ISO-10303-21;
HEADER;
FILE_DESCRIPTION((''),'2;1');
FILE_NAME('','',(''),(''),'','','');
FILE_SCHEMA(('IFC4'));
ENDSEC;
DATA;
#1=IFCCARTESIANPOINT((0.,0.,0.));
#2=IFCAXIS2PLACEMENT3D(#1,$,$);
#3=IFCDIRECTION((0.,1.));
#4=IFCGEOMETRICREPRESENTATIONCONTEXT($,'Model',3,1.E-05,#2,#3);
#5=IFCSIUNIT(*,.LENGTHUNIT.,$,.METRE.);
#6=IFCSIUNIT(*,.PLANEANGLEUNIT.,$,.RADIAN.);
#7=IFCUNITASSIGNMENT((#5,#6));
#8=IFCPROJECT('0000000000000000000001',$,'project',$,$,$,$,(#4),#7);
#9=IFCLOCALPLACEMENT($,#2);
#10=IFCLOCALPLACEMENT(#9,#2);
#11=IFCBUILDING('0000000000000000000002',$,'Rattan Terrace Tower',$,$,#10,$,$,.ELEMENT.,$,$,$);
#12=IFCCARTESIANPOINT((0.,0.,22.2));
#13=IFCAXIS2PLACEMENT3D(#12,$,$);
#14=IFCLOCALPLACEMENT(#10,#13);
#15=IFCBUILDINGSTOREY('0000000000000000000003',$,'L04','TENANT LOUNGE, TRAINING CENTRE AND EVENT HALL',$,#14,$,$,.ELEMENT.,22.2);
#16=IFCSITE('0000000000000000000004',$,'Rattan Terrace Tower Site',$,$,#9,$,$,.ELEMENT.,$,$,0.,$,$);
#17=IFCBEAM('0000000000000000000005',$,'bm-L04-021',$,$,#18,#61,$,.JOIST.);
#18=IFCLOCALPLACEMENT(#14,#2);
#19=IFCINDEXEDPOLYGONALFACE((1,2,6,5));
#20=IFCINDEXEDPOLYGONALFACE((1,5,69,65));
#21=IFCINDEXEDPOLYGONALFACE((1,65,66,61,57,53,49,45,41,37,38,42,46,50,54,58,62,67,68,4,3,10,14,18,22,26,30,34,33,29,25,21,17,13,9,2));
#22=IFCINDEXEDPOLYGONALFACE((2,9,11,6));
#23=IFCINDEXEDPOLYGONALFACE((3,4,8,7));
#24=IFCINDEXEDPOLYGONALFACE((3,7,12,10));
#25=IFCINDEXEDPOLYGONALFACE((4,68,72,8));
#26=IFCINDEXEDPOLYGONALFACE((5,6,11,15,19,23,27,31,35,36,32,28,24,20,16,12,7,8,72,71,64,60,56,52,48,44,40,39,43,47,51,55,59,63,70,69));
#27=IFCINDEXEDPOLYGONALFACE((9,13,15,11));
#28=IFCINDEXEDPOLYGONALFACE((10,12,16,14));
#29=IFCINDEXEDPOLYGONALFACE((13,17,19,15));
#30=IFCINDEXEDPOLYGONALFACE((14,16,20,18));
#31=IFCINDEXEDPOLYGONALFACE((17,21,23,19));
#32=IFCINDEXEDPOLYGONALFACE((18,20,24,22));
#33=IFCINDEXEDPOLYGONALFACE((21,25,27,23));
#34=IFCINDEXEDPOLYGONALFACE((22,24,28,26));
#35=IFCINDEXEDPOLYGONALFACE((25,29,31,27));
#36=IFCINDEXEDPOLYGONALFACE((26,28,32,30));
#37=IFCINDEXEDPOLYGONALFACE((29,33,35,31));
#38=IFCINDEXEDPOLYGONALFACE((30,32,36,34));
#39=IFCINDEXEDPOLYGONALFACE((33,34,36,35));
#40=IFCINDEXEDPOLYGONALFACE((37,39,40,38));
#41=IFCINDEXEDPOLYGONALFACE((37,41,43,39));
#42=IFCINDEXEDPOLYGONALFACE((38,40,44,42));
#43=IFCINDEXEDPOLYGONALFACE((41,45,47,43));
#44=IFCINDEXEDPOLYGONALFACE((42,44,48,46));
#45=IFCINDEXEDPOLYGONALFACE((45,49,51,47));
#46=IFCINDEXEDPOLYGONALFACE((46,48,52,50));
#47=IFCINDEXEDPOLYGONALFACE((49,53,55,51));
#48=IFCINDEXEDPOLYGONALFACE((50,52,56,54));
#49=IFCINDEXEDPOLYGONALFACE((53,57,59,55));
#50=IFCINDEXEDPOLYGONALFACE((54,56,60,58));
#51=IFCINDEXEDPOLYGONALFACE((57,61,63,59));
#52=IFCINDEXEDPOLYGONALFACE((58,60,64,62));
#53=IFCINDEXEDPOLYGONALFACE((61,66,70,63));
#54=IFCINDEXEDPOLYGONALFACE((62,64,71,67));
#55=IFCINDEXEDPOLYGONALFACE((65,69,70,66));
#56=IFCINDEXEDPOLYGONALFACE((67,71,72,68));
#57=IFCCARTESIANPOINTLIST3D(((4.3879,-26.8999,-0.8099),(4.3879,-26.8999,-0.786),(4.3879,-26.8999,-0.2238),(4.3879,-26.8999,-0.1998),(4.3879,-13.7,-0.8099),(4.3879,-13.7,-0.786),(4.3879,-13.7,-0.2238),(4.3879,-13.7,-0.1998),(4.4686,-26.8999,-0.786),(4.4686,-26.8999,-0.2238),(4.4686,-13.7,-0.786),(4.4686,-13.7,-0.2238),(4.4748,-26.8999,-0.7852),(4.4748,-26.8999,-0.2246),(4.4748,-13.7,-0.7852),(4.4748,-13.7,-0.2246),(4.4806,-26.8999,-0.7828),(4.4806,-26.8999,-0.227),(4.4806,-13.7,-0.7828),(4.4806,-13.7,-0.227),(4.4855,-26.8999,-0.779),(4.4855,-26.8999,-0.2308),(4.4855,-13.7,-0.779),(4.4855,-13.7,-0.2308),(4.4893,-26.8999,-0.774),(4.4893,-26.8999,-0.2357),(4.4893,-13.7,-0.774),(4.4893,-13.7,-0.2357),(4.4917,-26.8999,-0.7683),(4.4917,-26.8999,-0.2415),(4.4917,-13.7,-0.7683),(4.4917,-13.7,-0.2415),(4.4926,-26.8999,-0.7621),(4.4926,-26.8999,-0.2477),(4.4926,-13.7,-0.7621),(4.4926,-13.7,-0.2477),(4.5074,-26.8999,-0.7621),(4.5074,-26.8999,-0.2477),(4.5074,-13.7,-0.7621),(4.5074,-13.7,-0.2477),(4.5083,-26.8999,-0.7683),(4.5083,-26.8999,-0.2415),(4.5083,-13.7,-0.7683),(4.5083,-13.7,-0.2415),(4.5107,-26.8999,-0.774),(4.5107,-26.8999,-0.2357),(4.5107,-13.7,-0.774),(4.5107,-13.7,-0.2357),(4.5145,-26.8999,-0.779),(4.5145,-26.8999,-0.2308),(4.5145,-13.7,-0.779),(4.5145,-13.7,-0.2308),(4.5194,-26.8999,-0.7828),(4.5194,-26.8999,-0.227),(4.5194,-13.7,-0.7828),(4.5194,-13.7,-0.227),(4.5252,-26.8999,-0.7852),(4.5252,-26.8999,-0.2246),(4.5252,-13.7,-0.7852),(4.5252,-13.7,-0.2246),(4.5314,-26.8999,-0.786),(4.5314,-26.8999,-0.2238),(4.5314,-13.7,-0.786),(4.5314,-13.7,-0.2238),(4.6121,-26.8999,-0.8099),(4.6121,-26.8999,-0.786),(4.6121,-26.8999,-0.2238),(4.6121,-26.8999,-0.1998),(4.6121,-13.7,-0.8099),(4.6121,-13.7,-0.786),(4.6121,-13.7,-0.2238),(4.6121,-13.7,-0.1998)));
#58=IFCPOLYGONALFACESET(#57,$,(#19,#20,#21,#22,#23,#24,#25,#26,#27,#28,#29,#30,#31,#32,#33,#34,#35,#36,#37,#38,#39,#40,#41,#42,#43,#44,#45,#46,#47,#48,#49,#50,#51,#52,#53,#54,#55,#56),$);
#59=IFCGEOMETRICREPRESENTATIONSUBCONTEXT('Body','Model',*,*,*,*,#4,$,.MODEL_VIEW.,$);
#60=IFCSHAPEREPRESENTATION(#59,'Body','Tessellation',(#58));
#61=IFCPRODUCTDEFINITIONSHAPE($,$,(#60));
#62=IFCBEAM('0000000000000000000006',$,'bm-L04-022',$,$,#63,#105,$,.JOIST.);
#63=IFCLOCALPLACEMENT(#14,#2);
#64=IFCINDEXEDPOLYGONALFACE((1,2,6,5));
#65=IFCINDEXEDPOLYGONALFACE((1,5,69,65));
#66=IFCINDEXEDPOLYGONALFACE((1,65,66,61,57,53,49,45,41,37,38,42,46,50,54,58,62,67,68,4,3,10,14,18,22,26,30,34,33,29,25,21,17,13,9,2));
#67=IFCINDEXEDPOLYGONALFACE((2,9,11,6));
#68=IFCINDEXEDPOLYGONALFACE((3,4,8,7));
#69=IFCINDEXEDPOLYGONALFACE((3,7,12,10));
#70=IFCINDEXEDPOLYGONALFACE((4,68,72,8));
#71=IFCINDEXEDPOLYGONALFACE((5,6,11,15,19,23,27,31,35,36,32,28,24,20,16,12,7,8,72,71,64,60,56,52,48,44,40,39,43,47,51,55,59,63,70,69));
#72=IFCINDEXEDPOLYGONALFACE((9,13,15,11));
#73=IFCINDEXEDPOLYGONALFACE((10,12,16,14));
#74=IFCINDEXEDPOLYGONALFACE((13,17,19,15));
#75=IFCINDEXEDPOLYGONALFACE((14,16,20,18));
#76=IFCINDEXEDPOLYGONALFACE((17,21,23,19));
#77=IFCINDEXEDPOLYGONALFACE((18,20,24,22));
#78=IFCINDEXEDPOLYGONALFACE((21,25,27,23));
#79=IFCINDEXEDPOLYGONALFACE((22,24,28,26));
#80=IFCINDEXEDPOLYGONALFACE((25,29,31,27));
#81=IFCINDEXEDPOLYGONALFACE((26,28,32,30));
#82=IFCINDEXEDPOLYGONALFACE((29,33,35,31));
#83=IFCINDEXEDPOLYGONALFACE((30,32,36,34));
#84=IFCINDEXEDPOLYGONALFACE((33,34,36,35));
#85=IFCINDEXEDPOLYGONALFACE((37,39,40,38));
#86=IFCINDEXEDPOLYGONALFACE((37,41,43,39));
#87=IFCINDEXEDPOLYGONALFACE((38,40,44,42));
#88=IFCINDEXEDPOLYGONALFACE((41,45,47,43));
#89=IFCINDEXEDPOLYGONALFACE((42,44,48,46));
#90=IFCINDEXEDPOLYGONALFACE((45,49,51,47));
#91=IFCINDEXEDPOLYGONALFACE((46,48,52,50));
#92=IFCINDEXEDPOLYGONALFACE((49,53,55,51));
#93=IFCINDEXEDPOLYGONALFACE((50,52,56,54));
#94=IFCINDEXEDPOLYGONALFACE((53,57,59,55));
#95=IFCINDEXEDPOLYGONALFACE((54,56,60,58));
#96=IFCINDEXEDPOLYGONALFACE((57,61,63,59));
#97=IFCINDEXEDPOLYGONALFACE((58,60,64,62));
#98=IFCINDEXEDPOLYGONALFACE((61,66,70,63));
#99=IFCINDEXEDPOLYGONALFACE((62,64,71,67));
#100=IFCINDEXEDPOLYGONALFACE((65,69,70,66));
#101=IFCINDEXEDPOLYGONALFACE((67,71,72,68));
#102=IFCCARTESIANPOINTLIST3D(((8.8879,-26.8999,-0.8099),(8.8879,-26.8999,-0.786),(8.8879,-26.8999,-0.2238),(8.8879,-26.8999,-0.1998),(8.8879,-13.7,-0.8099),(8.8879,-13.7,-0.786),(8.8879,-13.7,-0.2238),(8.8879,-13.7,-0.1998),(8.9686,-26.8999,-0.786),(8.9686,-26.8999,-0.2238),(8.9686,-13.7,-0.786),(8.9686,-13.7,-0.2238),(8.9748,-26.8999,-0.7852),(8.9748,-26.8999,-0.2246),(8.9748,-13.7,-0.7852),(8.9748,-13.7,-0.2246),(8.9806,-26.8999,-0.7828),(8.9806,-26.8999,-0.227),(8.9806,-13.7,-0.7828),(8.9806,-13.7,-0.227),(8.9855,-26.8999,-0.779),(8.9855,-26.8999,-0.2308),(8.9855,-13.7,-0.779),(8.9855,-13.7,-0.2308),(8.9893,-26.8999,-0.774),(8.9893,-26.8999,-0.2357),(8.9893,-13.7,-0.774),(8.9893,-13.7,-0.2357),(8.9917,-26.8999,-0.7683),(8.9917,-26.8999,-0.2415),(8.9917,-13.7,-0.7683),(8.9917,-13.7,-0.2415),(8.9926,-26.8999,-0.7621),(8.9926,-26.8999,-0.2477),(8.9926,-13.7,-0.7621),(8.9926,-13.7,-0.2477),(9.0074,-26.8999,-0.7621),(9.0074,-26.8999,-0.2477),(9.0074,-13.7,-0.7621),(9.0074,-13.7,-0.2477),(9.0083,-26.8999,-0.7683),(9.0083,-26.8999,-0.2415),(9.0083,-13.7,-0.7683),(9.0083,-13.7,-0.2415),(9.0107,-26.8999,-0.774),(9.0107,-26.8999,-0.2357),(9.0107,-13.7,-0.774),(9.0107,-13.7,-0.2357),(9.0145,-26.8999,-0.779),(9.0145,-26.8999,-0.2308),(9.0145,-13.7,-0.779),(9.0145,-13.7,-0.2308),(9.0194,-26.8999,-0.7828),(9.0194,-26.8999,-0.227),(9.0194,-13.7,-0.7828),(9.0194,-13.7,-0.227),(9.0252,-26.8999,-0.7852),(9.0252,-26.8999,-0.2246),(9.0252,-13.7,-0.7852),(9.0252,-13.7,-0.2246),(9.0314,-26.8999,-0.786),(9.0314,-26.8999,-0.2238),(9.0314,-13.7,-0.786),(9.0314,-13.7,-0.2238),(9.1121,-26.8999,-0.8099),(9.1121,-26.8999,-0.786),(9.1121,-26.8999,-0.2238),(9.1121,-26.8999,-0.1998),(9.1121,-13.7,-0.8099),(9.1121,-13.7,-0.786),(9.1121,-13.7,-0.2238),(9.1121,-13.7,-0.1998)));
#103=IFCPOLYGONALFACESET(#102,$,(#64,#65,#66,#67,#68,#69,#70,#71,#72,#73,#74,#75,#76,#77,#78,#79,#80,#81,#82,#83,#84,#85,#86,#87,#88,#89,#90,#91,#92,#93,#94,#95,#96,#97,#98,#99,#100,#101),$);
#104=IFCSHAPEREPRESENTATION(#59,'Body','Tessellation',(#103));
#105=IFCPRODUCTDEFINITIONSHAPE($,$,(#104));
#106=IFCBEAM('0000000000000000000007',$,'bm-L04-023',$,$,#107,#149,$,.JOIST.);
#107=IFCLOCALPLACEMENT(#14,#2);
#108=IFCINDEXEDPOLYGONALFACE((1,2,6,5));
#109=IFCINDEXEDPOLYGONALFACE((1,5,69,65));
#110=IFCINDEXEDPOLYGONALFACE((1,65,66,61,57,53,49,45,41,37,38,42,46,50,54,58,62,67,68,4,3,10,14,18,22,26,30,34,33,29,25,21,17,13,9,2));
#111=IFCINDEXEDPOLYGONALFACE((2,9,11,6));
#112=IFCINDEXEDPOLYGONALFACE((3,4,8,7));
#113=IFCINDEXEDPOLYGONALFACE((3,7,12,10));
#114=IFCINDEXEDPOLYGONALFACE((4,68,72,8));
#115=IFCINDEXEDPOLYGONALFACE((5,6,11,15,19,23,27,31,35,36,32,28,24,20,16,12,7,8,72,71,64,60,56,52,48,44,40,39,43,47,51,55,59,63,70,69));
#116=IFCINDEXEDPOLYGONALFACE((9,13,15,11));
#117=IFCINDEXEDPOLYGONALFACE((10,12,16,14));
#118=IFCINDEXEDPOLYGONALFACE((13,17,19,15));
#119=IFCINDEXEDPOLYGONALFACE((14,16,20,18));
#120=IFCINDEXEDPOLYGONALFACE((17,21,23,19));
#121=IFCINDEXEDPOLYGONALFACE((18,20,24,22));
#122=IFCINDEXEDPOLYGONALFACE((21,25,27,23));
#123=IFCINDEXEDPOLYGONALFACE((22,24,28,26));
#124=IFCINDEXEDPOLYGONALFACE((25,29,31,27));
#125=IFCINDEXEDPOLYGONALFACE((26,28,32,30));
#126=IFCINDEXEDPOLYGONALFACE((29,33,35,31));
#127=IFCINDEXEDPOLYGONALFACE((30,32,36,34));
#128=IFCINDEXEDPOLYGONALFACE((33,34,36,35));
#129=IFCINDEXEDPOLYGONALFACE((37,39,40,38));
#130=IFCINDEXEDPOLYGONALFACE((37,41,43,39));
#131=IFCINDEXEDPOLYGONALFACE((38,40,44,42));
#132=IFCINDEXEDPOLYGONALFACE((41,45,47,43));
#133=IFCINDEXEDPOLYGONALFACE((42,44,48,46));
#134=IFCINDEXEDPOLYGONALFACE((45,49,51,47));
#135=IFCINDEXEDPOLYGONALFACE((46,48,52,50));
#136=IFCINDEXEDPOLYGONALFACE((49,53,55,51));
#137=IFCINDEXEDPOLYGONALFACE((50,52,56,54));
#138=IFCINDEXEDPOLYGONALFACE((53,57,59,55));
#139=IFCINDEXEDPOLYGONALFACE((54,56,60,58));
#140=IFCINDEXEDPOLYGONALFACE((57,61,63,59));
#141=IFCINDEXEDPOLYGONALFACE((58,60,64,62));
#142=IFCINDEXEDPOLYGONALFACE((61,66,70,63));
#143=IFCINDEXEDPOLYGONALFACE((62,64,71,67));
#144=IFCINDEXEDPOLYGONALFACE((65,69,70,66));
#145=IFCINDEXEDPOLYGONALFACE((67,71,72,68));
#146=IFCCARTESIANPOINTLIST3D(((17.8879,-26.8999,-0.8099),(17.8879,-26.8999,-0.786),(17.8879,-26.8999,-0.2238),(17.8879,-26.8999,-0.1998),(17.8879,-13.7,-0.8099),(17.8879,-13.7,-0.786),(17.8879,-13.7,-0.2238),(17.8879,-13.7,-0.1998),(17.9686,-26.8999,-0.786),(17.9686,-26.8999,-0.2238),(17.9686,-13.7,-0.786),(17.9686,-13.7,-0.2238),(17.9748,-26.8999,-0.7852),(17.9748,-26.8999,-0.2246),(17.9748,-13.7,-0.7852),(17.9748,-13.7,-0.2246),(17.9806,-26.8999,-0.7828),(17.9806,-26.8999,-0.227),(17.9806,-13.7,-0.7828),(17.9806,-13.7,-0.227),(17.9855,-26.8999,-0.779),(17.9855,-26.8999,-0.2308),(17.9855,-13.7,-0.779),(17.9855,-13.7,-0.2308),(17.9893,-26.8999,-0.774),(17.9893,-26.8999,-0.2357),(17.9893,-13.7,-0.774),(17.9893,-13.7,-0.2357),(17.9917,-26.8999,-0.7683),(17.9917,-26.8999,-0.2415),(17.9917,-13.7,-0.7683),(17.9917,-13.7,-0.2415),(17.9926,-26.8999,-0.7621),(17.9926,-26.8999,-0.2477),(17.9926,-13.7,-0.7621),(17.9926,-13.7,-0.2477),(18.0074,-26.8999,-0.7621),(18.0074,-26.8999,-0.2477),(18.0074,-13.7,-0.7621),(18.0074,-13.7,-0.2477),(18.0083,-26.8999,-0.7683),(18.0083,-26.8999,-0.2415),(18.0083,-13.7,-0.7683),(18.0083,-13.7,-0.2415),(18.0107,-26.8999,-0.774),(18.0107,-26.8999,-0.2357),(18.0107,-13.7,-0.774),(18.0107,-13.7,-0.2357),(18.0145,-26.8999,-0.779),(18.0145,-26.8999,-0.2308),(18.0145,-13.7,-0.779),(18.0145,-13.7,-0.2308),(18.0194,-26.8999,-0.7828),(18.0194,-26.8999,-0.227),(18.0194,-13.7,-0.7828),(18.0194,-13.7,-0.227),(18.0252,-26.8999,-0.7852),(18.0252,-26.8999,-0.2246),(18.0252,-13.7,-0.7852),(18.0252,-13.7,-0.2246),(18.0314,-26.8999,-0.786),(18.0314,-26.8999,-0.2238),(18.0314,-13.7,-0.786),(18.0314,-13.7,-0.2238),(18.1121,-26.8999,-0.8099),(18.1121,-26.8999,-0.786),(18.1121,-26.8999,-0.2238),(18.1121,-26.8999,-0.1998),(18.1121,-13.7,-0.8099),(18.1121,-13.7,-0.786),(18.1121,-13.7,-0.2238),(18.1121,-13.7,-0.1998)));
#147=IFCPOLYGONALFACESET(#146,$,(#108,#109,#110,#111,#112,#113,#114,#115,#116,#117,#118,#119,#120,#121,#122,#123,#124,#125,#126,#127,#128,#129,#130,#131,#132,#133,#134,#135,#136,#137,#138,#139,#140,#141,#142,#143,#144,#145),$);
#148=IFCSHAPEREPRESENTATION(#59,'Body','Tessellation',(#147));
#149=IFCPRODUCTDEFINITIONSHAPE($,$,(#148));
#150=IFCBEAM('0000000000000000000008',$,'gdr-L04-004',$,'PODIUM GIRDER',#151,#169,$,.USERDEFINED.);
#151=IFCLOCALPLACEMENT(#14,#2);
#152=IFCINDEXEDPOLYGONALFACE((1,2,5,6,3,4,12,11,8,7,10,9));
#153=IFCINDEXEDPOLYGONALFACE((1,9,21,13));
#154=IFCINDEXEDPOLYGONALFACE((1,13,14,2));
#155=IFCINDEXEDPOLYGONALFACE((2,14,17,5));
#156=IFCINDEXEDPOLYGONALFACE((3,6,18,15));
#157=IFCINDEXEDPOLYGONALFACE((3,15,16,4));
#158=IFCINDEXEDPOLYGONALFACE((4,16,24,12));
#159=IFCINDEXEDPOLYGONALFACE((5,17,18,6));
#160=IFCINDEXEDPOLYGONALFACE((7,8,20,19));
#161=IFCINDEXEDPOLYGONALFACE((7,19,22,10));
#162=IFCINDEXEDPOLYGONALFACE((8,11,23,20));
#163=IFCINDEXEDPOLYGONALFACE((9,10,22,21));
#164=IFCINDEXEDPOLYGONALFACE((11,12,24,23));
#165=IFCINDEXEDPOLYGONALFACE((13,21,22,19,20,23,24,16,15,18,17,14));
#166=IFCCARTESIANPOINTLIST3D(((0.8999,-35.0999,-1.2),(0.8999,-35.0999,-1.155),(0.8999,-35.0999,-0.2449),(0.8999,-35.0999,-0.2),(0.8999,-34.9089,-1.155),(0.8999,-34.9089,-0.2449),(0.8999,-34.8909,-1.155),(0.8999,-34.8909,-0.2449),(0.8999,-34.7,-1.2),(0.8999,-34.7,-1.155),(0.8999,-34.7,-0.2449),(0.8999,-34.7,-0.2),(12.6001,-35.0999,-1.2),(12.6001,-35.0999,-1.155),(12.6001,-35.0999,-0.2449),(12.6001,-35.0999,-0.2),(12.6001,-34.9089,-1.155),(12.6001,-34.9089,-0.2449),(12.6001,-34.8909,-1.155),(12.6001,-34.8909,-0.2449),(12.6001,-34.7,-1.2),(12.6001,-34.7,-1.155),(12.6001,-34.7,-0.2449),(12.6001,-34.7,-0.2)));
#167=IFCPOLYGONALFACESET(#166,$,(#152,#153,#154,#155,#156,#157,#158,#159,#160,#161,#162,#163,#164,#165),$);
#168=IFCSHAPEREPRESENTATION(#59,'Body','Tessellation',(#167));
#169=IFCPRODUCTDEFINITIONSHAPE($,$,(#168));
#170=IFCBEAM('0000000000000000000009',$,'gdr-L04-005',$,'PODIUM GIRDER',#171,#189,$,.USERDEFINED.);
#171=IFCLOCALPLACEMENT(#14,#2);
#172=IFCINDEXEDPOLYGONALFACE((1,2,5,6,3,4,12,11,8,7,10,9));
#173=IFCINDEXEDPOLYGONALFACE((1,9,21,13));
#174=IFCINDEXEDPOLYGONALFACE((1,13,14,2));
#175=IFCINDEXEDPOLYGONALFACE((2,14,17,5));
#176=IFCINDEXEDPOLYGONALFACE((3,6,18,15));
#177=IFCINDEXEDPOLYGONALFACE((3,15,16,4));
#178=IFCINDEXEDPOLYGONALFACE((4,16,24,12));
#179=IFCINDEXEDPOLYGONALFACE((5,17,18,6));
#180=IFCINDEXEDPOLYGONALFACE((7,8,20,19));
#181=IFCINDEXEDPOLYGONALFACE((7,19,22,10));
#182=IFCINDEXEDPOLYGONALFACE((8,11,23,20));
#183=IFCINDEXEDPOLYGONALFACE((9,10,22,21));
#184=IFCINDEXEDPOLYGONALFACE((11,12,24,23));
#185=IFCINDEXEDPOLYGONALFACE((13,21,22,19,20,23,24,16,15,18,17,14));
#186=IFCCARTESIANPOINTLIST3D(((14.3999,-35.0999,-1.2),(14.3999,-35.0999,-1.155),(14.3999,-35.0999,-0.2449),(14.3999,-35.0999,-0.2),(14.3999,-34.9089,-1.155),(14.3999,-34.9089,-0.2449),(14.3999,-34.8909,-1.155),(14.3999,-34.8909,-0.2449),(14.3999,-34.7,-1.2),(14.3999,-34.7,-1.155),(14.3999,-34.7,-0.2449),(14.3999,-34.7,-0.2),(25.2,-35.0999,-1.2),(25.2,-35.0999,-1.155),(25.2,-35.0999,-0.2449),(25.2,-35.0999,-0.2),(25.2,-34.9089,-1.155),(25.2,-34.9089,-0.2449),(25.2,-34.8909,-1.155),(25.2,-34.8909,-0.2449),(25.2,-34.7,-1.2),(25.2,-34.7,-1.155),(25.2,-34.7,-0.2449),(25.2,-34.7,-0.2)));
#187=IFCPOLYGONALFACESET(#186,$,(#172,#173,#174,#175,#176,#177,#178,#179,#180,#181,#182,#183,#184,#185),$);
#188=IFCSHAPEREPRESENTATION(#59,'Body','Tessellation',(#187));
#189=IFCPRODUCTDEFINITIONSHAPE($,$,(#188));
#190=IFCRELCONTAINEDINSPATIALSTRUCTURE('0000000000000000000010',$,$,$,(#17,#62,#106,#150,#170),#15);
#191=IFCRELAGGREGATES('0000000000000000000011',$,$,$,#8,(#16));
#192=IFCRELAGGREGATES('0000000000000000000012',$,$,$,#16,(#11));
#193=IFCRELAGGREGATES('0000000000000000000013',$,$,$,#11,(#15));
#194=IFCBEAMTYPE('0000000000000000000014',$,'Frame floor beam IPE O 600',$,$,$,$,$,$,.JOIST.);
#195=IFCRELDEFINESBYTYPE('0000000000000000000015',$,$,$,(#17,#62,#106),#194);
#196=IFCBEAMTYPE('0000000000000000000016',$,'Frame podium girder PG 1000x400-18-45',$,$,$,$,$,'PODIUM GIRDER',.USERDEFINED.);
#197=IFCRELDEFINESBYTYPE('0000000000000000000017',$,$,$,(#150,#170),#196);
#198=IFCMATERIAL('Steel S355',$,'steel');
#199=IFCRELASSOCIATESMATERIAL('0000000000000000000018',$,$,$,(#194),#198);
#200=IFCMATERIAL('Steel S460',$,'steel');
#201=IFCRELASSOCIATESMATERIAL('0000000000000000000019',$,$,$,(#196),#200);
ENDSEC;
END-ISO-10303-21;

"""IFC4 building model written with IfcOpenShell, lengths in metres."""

from ifc_helpers import new_model, si_unit, direction, frame, origin, origin_2d, place, context, subcontext, project, spatial, i_section, extrude, material, material_profile, profile_set, type_object, element, save


model = new_model("IFC4")

# Units and contexts
model_context = context("Model", 3, precision=1e-05, world=origin(), true_north=direction((0.0, 1.0)))
body_context = subcontext(model_context, "Body", "Model", "MODEL_VIEW")
ifc_project = project(units=[si_unit("LENGTHUNIT", "METRE"), si_unit("PLANEANGLEUNIT", "RADIAN")], contexts=[model_context])

# Site, building, storey
site_placement = place(None, origin())
site = spatial("IfcSite", under=ifc_project, at=site_placement, Name="Rattan Terrace Tower Site", CompositionType="ELEMENT", RefElevation=0.0)
building_placement = place(site_placement, origin())
building = spatial("IfcBuilding", under=site, at=building_placement, Name="Rattan Terrace Tower", CompositionType="ELEMENT")
storey_placement = place(building_placement, frame((0.0, 0.0, 22.2)))
storey = spatial("IfcBuildingStorey", under=building, at=storey_placement, Name="L04", Description="TENANT LOUNGE, TRAINING CENTRE AND EVENT HALL", CompositionType="ELEMENT", Elevation=22.2)

# Beams
ifc_material_1 = material(Name="Steel S355", Category="steel")
ifc_material_profile_1 = material_profile(ifc_material_1, i_section(OverallWidth=0.2241, OverallDepth=0.6101, WebThickness=0.0149, FlangeThickness=0.0239, FilletRadius=0.0239, at=origin_2d()), Name="IPE O 600")
ifc_profile_set_1 = profile_set([ifc_material_profile_1], Name="Steel S355")
beam_type_1 = type_object("IfcBeamType", Name="Frame floor beam IPE O 600", PredefinedType="JOIST", material=ifc_profile_set_1)
for number, where, z_axis, x_axis, name in (
    (1, (4.5, -26.8999, -0.5049), (0.0, 1.0, 0.0), (-1.0, 0.0, 0.0), "bm-L04-021"),
    (2, (9.0, -26.8999, -0.5049), (0.0, 1.0, 0.0), (-1.0, 0.0, 0.0), "bm-L04-022"),
    (3, (18.0, -26.8999, -0.5049), (0.0, 1.0, 0.0), (-1.0, 0.0, 0.0), "bm-L04-023"),
):
    element("IfcBeam", number, at=place(storey_placement, frame(where, z_axis=z_axis, x_axis=x_axis)), inside=storey, type_object=beam_type_1, Name=name, PredefinedType="JOIST", context=body_context, shape_type="SweptSolid", body=[
        extrude(i_section(OverallWidth=0.2241, OverallDepth=0.6101, WebThickness=0.0149, FlangeThickness=0.0239, FilletRadius=0.0239, at=origin_2d()), origin(), (0.0, 0.0, 1.0), 13.2),
    ])
ifc_material_2 = material(Name="Steel S460", Category="steel")
ifc_material_profile_2 = material_profile(ifc_material_2, i_section(OverallWidth=0.3999, OverallDepth=1.0, WebThickness=0.0181, FlangeThickness=0.0449, at=origin_2d()), Name="PG 1000x400-18-45")
ifc_profile_set_2 = profile_set([ifc_material_profile_2], Name="Steel S460")
beam_type_2 = type_object("IfcBeamType", Name="Frame podium girder PG 1000x400-18-45", ElementType="PODIUM GIRDER", PredefinedType="USERDEFINED", material=ifc_profile_set_2)
beam_1_placement = place(storey_placement, frame((0.8999, -34.8999, -0.7), z_axis=(1.0, 0.0, 0.0), x_axis=(0.0, 1.0, 0.0)))
element("IfcBeam", 4, at=beam_1_placement, inside=storey, type_object=beam_type_2, Name="gdr-L04-004", ObjectType="PODIUM GIRDER", PredefinedType="USERDEFINED", context=body_context, shape_type="SweptSolid", body=[
    extrude(i_section(OverallWidth=0.3999, OverallDepth=1.0, WebThickness=0.0181, FlangeThickness=0.0449, at=origin_2d()), origin(), (0.0, 0.0, 1.0), 11.7002),
])
beam_2_placement = place(storey_placement, frame((14.3999, -34.8999, -0.7), z_axis=(1.0, 0.0, 0.0), x_axis=(0.0, 1.0, 0.0)))
element("IfcBeam", 5, at=beam_2_placement, inside=storey, type_object=beam_type_2, Name="gdr-L04-005", ObjectType="PODIUM GIRDER", PredefinedType="USERDEFINED", context=body_context, shape_type="SweptSolid", body=[
    extrude(i_section(OverallWidth=0.3999, OverallDepth=1.0, WebThickness=0.0181, FlangeThickness=0.0449, at=origin_2d()), origin(), (0.0, 0.0, 1.0), 10.8),
])

save(model, "model.ifc")
